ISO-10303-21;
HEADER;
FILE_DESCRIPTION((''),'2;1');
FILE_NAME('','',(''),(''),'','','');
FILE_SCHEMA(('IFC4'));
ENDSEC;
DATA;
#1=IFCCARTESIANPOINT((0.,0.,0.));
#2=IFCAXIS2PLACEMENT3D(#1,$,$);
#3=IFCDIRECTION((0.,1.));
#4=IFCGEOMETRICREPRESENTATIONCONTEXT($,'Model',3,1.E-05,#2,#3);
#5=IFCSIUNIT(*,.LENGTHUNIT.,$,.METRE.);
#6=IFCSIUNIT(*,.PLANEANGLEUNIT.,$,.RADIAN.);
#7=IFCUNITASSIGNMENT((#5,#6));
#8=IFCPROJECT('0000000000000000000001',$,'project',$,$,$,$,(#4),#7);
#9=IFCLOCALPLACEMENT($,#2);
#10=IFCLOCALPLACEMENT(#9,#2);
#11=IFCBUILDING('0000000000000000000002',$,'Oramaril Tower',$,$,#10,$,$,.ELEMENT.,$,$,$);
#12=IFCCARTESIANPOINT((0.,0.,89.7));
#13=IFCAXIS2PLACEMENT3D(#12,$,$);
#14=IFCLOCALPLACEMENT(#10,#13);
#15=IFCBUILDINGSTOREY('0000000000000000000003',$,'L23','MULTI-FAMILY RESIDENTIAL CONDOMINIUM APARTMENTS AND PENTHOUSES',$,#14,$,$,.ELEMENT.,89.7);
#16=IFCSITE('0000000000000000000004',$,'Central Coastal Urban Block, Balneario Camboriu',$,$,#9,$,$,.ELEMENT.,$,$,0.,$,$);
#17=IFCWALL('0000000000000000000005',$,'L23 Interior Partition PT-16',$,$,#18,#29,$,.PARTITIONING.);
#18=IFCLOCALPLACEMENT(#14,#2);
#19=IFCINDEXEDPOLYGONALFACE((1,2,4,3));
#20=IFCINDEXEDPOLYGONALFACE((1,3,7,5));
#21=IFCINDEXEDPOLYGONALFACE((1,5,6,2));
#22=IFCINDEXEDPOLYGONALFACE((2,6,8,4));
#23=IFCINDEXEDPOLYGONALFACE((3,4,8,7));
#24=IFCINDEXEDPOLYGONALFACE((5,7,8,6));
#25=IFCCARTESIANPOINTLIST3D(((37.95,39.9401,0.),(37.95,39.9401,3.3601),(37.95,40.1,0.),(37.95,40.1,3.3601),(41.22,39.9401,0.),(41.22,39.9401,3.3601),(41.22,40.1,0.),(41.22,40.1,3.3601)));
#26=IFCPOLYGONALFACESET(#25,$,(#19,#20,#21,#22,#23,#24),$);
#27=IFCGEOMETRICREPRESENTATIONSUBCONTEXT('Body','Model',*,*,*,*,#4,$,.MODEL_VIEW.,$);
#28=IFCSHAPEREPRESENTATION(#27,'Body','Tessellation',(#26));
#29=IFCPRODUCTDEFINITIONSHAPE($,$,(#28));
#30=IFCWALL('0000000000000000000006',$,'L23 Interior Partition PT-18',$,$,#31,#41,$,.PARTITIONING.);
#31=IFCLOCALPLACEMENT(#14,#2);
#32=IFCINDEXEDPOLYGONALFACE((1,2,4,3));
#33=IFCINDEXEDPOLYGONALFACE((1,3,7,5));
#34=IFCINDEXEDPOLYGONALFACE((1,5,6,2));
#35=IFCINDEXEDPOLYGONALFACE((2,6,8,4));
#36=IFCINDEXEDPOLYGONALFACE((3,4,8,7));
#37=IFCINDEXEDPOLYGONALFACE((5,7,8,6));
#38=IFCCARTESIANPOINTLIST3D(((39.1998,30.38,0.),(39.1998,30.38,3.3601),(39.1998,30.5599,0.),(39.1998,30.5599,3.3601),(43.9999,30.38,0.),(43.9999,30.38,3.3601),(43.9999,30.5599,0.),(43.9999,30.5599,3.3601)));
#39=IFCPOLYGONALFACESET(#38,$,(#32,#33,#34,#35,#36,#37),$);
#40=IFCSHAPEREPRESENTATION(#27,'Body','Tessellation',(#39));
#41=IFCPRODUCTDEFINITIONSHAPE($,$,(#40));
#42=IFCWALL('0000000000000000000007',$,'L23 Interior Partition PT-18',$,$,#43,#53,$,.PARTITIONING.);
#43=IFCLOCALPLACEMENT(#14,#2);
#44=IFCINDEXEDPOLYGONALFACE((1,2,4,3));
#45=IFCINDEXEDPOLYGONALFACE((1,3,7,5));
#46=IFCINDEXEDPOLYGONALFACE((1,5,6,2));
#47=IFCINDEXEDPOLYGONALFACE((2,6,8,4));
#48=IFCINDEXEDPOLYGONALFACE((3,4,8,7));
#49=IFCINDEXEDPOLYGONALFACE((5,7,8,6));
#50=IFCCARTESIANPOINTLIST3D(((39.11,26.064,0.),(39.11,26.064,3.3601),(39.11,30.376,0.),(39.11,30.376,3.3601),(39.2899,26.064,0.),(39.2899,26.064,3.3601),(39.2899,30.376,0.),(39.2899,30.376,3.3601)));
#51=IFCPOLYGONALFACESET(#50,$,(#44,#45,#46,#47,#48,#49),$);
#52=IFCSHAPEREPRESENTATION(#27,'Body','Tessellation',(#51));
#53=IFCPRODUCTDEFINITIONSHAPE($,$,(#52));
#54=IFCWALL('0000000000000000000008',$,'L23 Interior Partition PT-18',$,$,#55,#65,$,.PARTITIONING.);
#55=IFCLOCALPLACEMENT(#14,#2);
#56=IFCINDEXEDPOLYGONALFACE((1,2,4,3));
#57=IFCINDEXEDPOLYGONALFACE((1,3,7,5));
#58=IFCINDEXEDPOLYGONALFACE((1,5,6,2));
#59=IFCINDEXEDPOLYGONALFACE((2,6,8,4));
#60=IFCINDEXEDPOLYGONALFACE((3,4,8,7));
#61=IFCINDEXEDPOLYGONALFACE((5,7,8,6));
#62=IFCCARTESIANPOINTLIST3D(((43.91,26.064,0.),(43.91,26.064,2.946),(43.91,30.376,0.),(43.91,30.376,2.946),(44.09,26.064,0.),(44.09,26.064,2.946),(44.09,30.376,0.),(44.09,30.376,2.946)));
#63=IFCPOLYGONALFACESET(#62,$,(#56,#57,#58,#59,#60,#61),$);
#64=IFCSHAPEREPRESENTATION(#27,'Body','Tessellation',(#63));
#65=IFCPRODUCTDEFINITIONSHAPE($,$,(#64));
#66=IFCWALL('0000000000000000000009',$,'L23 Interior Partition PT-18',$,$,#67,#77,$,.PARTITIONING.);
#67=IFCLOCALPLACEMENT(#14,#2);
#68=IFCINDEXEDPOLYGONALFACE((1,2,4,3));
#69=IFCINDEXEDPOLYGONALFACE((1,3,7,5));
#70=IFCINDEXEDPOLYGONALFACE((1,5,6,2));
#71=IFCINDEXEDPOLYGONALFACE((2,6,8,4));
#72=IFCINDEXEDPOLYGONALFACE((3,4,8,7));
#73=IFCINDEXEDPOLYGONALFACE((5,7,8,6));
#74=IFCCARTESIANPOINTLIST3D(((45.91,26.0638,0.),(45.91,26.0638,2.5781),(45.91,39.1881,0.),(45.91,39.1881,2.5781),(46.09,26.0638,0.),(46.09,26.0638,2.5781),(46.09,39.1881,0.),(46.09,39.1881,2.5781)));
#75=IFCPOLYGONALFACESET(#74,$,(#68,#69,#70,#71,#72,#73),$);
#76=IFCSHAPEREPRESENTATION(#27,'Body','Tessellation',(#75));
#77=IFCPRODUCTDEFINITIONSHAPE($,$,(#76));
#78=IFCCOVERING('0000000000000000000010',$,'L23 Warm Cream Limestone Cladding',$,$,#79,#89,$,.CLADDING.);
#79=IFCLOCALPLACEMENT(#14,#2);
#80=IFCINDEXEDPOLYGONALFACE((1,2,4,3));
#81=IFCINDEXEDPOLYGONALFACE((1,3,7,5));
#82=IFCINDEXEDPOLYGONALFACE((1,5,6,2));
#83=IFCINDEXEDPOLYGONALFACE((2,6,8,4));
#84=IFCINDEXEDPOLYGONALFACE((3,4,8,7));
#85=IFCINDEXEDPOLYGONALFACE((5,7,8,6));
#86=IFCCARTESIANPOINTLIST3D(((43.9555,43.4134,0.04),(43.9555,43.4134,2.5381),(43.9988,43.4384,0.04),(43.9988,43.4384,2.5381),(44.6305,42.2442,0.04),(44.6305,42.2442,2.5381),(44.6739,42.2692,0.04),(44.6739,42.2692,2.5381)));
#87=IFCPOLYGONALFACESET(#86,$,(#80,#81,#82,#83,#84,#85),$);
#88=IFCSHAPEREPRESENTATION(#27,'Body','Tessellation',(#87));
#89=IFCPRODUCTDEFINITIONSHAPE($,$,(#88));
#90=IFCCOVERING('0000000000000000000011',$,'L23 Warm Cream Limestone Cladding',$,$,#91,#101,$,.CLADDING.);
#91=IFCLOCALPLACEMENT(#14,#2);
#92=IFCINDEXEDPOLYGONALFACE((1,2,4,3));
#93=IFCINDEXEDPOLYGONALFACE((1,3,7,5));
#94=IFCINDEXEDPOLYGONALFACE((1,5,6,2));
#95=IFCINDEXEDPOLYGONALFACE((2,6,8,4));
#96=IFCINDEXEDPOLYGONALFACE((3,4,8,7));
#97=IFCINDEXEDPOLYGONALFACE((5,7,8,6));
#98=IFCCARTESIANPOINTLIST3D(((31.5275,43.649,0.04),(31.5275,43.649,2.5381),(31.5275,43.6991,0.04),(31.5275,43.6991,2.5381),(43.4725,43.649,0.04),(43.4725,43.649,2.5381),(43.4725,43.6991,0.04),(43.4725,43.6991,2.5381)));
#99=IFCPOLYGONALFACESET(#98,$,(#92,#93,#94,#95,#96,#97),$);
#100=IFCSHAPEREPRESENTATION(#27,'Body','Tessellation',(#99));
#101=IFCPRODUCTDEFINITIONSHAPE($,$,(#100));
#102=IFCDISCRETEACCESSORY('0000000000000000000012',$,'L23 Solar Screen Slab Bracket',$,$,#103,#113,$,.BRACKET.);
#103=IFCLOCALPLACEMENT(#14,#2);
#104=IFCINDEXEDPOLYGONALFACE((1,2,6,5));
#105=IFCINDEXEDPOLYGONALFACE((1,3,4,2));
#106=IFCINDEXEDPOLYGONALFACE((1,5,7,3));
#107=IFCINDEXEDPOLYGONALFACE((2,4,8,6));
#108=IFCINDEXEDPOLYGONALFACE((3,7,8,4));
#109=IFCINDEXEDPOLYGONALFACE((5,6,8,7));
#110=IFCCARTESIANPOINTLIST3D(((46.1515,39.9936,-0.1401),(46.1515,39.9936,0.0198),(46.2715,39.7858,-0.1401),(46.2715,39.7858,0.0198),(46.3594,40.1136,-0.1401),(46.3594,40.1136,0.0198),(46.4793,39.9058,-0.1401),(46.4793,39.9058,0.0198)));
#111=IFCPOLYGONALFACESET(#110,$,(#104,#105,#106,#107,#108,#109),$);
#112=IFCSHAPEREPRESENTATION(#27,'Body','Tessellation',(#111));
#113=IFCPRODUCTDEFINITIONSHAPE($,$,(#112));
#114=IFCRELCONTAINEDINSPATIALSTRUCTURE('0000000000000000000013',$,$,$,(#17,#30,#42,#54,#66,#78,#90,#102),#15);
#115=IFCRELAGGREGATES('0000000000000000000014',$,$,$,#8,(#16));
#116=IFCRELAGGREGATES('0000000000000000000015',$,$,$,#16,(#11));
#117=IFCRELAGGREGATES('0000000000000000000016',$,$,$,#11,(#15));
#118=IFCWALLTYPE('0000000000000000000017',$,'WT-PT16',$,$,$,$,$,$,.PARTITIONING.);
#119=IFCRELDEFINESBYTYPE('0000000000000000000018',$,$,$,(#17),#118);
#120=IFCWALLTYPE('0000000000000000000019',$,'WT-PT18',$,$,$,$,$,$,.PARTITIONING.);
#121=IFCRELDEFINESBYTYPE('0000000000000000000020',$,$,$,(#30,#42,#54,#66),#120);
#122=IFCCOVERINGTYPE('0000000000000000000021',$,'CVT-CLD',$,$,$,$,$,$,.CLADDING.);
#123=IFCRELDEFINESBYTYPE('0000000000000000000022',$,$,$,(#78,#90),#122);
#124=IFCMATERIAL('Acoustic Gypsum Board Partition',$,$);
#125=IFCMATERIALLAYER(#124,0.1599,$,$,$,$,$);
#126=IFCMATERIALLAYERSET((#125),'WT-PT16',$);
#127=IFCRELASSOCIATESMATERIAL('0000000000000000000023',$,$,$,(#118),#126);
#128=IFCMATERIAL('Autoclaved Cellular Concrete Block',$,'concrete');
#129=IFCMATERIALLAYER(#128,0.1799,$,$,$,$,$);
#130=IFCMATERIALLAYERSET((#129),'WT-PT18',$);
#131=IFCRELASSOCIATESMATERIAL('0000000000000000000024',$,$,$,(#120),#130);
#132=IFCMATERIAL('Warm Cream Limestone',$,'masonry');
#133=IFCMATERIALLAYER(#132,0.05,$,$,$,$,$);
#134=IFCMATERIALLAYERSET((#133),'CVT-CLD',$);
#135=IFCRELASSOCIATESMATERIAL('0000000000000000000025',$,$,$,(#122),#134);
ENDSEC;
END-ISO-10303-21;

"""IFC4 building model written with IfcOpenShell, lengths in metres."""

from ifc_helpers import new_model, si_unit, direction, frame, frame_2d, origin, origin_2d, place, context, subcontext, project, spatial, rectangle, extrude, material, layer, layer_set, type_object, element, save


model = new_model("IFC4")

# Units and contexts
model_context = context("Model", 3, precision=1e-05, world=origin(), true_north=direction((0.0, 1.0)))
body_context = subcontext(model_context, "Body", "Model", "MODEL_VIEW")
ifc_project = project(units=[si_unit("LENGTHUNIT", "METRE"), si_unit("PLANEANGLEUNIT", "RADIAN")], contexts=[model_context])

# Site, building, storey
site_placement = place(None, origin())
site = spatial("IfcSite", under=ifc_project, at=site_placement, Name="Central Coastal Urban Block, Balneario Camboriu", CompositionType="ELEMENT", RefElevation=0.0)
building_placement = place(site_placement, origin())
building = spatial("IfcBuilding", under=site, at=building_placement, Name="Oramaril Tower", CompositionType="ELEMENT")
storey_placement = place(building_placement, frame((0.0, 0.0, 89.7)))
storey = spatial("IfcBuildingStorey", under=building, at=storey_placement, Name="L23", Description="MULTI-FAMILY RESIDENTIAL CONDOMINIUM APARTMENTS AND PENTHOUSES", CompositionType="ELEMENT", Elevation=89.7)

# Walls
ifc_material_1 = material(Name="Acoustic Gypsum Board Partition")
ifc_layer_1 = layer(ifc_material_1, 0.1599)
ifc_layer_set_1 = layer_set([ifc_layer_1], Name="WT-PT16")
wall_type_1 = type_object("IfcWallType", Name="WT-PT16", PredefinedType="PARTITIONING", material=ifc_layer_set_1)
for number, where, z_axis, x_axis, name in (
    (1, (37.95, 40.02, 0.0), (0.0, 0.0, 1.0), (1.0, 0.0, 0.0), "L23 Interior Partition PT-16"),
):
    element("IfcWall", number, at=place(storey_placement, frame(where, z_axis=z_axis, x_axis=x_axis)), inside=storey, type_object=wall_type_1, Name=name, PredefinedType="PARTITIONING", context=body_context, shape_type="SweptSolid", body=[
        extrude(rectangle(XDim=3.27, YDim=0.1599, at=frame_2d((1.635, 0.0))), origin(), (0.0, 0.0, 1.0), 3.3601),
    ])
ifc_material_2 = material(Name="Autoclaved Cellular Concrete Block", Category="concrete")
ifc_layer_2 = layer(ifc_material_2, 0.1799)
ifc_layer_set_2 = layer_set([ifc_layer_2], Name="WT-PT18")
wall_type_2 = type_object("IfcWallType", Name="WT-PT18", PredefinedType="PARTITIONING", material=ifc_layer_set_2)
wall_1_placement = place(storey_placement, frame((39.2, 30.47, 0.0), z_axis=(0.0, 0.0, 1.0), x_axis=(1.0, 0.0, 0.0)))
element("IfcWall", 2, at=wall_1_placement, inside=storey, type_object=wall_type_2, Name="L23 Interior Partition PT-18", PredefinedType="PARTITIONING", context=body_context, shape_type="SweptSolid", body=[
    extrude(rectangle(XDim=4.8, YDim=0.1799, at=frame_2d((2.3999, 0.0))), origin(), (0.0, 0.0, 1.0), 3.3601),
])
wall_2_placement = place(storey_placement, frame((39.2, 26.064, 0.0), z_axis=(0.0, 0.0, 1.0), x_axis=(0.0, 1.0, 0.0)))
element("IfcWall", 3, at=wall_2_placement, inside=storey, type_object=wall_type_2, Name="L23 Interior Partition PT-18", PredefinedType="PARTITIONING", context=body_context, shape_type="SweptSolid", body=[
    extrude(rectangle(XDim=4.312, YDim=0.1799, at=frame_2d((2.156, 0.0))), origin(), (0.0, 0.0, 1.0), 3.3601),
])
wall_3_placement = place(storey_placement, frame((44.0, 26.064, 0.0), z_axis=(0.0, 0.0, 1.0), x_axis=(0.0, 1.0, 0.0)))
element("IfcWall", 4, at=wall_3_placement, inside=storey, type_object=wall_type_2, Name="L23 Interior Partition PT-18", PredefinedType="PARTITIONING", context=body_context, shape_type="SweptSolid", body=[
    extrude(rectangle(XDim=4.312, YDim=0.1799, at=frame_2d((2.156, 0.0))), origin(), (0.0, 0.0, 1.0), 2.946),
])
wall_4_placement = place(storey_placement, frame((46.0, 26.064, 0.0), z_axis=(0.0, 0.0, 1.0), x_axis=(0.0, 1.0, 0.0)))
element("IfcWall", 5, at=wall_4_placement, inside=storey, type_object=wall_type_2, Name="L23 Interior Partition PT-18", PredefinedType="PARTITIONING", context=body_context, shape_type="SweptSolid", body=[
    extrude(rectangle(XDim=13.1243, YDim=0.1799, at=frame_2d((6.562, 0.0))), origin(), (0.0, 0.0, 1.0), 2.5781),
])

# Coverings
ifc_material_3 = material(Name="Warm Cream Limestone", Category="masonry")
ifc_layer_3 = layer(ifc_material_3, 0.05)
ifc_layer_set_3 = layer_set([ifc_layer_3], Name="CVT-CLD")
covering_type = type_object("IfcCoveringType", Name="CVT-CLD", PredefinedType="CLADDING", material=ifc_layer_set_3)
covering_1_placement = place(storey_placement, frame((44.3147, 42.8413, 0.04), z_axis=(0.0, 0.0, 1.0), x_axis=(-0.5, 0.866025, 0.0)))
element("IfcCovering", 6, at=covering_1_placement, inside=storey, type_object=covering_type, Name="L23 Warm Cream Limestone Cladding", PredefinedType="CLADDING", context=body_context, shape_type="SweptSolid", body=[
    extrude(rectangle(XDim=1.3501, YDim=0.05, at=origin_2d()), origin(), (0.0, 0.0, 1.0), 2.498),
])
covering_2_placement = place(storey_placement, frame((37.5, 43.6741, 0.04), z_axis=(0.0, 0.0, 1.0), x_axis=(-1.0, 0.0, 0.0)))
element("IfcCovering", 7, at=covering_2_placement, inside=storey, type_object=covering_type, Name="L23 Warm Cream Limestone Cladding", PredefinedType="CLADDING", context=body_context, shape_type="SweptSolid", body=[
    extrude(rectangle(XDim=11.9451, YDim=0.05, at=origin_2d()), origin(), (0.0, 0.0, 1.0), 2.498),
])

# Discrete accessory
discrete_accessory_placement = place(storey_placement, frame((46.3154, 39.9497, -0.1401), z_axis=(0.0, 0.0, 1.0), x_axis=(-0.5, 0.866025, 0.0)))
element("IfcDiscreteAccessory", 8, at=discrete_accessory_placement, inside=storey, Name="L23 Solar Screen Slab Bracket", PredefinedType="BRACKET", context=body_context, shape_type="SweptSolid", body=[
    extrude(rectangle(XDim=0.24, YDim=0.24, at=origin_2d()), origin(), (0.0, 0.0, 1.0), 0.1599),
])

save(model, "model.ifc")
